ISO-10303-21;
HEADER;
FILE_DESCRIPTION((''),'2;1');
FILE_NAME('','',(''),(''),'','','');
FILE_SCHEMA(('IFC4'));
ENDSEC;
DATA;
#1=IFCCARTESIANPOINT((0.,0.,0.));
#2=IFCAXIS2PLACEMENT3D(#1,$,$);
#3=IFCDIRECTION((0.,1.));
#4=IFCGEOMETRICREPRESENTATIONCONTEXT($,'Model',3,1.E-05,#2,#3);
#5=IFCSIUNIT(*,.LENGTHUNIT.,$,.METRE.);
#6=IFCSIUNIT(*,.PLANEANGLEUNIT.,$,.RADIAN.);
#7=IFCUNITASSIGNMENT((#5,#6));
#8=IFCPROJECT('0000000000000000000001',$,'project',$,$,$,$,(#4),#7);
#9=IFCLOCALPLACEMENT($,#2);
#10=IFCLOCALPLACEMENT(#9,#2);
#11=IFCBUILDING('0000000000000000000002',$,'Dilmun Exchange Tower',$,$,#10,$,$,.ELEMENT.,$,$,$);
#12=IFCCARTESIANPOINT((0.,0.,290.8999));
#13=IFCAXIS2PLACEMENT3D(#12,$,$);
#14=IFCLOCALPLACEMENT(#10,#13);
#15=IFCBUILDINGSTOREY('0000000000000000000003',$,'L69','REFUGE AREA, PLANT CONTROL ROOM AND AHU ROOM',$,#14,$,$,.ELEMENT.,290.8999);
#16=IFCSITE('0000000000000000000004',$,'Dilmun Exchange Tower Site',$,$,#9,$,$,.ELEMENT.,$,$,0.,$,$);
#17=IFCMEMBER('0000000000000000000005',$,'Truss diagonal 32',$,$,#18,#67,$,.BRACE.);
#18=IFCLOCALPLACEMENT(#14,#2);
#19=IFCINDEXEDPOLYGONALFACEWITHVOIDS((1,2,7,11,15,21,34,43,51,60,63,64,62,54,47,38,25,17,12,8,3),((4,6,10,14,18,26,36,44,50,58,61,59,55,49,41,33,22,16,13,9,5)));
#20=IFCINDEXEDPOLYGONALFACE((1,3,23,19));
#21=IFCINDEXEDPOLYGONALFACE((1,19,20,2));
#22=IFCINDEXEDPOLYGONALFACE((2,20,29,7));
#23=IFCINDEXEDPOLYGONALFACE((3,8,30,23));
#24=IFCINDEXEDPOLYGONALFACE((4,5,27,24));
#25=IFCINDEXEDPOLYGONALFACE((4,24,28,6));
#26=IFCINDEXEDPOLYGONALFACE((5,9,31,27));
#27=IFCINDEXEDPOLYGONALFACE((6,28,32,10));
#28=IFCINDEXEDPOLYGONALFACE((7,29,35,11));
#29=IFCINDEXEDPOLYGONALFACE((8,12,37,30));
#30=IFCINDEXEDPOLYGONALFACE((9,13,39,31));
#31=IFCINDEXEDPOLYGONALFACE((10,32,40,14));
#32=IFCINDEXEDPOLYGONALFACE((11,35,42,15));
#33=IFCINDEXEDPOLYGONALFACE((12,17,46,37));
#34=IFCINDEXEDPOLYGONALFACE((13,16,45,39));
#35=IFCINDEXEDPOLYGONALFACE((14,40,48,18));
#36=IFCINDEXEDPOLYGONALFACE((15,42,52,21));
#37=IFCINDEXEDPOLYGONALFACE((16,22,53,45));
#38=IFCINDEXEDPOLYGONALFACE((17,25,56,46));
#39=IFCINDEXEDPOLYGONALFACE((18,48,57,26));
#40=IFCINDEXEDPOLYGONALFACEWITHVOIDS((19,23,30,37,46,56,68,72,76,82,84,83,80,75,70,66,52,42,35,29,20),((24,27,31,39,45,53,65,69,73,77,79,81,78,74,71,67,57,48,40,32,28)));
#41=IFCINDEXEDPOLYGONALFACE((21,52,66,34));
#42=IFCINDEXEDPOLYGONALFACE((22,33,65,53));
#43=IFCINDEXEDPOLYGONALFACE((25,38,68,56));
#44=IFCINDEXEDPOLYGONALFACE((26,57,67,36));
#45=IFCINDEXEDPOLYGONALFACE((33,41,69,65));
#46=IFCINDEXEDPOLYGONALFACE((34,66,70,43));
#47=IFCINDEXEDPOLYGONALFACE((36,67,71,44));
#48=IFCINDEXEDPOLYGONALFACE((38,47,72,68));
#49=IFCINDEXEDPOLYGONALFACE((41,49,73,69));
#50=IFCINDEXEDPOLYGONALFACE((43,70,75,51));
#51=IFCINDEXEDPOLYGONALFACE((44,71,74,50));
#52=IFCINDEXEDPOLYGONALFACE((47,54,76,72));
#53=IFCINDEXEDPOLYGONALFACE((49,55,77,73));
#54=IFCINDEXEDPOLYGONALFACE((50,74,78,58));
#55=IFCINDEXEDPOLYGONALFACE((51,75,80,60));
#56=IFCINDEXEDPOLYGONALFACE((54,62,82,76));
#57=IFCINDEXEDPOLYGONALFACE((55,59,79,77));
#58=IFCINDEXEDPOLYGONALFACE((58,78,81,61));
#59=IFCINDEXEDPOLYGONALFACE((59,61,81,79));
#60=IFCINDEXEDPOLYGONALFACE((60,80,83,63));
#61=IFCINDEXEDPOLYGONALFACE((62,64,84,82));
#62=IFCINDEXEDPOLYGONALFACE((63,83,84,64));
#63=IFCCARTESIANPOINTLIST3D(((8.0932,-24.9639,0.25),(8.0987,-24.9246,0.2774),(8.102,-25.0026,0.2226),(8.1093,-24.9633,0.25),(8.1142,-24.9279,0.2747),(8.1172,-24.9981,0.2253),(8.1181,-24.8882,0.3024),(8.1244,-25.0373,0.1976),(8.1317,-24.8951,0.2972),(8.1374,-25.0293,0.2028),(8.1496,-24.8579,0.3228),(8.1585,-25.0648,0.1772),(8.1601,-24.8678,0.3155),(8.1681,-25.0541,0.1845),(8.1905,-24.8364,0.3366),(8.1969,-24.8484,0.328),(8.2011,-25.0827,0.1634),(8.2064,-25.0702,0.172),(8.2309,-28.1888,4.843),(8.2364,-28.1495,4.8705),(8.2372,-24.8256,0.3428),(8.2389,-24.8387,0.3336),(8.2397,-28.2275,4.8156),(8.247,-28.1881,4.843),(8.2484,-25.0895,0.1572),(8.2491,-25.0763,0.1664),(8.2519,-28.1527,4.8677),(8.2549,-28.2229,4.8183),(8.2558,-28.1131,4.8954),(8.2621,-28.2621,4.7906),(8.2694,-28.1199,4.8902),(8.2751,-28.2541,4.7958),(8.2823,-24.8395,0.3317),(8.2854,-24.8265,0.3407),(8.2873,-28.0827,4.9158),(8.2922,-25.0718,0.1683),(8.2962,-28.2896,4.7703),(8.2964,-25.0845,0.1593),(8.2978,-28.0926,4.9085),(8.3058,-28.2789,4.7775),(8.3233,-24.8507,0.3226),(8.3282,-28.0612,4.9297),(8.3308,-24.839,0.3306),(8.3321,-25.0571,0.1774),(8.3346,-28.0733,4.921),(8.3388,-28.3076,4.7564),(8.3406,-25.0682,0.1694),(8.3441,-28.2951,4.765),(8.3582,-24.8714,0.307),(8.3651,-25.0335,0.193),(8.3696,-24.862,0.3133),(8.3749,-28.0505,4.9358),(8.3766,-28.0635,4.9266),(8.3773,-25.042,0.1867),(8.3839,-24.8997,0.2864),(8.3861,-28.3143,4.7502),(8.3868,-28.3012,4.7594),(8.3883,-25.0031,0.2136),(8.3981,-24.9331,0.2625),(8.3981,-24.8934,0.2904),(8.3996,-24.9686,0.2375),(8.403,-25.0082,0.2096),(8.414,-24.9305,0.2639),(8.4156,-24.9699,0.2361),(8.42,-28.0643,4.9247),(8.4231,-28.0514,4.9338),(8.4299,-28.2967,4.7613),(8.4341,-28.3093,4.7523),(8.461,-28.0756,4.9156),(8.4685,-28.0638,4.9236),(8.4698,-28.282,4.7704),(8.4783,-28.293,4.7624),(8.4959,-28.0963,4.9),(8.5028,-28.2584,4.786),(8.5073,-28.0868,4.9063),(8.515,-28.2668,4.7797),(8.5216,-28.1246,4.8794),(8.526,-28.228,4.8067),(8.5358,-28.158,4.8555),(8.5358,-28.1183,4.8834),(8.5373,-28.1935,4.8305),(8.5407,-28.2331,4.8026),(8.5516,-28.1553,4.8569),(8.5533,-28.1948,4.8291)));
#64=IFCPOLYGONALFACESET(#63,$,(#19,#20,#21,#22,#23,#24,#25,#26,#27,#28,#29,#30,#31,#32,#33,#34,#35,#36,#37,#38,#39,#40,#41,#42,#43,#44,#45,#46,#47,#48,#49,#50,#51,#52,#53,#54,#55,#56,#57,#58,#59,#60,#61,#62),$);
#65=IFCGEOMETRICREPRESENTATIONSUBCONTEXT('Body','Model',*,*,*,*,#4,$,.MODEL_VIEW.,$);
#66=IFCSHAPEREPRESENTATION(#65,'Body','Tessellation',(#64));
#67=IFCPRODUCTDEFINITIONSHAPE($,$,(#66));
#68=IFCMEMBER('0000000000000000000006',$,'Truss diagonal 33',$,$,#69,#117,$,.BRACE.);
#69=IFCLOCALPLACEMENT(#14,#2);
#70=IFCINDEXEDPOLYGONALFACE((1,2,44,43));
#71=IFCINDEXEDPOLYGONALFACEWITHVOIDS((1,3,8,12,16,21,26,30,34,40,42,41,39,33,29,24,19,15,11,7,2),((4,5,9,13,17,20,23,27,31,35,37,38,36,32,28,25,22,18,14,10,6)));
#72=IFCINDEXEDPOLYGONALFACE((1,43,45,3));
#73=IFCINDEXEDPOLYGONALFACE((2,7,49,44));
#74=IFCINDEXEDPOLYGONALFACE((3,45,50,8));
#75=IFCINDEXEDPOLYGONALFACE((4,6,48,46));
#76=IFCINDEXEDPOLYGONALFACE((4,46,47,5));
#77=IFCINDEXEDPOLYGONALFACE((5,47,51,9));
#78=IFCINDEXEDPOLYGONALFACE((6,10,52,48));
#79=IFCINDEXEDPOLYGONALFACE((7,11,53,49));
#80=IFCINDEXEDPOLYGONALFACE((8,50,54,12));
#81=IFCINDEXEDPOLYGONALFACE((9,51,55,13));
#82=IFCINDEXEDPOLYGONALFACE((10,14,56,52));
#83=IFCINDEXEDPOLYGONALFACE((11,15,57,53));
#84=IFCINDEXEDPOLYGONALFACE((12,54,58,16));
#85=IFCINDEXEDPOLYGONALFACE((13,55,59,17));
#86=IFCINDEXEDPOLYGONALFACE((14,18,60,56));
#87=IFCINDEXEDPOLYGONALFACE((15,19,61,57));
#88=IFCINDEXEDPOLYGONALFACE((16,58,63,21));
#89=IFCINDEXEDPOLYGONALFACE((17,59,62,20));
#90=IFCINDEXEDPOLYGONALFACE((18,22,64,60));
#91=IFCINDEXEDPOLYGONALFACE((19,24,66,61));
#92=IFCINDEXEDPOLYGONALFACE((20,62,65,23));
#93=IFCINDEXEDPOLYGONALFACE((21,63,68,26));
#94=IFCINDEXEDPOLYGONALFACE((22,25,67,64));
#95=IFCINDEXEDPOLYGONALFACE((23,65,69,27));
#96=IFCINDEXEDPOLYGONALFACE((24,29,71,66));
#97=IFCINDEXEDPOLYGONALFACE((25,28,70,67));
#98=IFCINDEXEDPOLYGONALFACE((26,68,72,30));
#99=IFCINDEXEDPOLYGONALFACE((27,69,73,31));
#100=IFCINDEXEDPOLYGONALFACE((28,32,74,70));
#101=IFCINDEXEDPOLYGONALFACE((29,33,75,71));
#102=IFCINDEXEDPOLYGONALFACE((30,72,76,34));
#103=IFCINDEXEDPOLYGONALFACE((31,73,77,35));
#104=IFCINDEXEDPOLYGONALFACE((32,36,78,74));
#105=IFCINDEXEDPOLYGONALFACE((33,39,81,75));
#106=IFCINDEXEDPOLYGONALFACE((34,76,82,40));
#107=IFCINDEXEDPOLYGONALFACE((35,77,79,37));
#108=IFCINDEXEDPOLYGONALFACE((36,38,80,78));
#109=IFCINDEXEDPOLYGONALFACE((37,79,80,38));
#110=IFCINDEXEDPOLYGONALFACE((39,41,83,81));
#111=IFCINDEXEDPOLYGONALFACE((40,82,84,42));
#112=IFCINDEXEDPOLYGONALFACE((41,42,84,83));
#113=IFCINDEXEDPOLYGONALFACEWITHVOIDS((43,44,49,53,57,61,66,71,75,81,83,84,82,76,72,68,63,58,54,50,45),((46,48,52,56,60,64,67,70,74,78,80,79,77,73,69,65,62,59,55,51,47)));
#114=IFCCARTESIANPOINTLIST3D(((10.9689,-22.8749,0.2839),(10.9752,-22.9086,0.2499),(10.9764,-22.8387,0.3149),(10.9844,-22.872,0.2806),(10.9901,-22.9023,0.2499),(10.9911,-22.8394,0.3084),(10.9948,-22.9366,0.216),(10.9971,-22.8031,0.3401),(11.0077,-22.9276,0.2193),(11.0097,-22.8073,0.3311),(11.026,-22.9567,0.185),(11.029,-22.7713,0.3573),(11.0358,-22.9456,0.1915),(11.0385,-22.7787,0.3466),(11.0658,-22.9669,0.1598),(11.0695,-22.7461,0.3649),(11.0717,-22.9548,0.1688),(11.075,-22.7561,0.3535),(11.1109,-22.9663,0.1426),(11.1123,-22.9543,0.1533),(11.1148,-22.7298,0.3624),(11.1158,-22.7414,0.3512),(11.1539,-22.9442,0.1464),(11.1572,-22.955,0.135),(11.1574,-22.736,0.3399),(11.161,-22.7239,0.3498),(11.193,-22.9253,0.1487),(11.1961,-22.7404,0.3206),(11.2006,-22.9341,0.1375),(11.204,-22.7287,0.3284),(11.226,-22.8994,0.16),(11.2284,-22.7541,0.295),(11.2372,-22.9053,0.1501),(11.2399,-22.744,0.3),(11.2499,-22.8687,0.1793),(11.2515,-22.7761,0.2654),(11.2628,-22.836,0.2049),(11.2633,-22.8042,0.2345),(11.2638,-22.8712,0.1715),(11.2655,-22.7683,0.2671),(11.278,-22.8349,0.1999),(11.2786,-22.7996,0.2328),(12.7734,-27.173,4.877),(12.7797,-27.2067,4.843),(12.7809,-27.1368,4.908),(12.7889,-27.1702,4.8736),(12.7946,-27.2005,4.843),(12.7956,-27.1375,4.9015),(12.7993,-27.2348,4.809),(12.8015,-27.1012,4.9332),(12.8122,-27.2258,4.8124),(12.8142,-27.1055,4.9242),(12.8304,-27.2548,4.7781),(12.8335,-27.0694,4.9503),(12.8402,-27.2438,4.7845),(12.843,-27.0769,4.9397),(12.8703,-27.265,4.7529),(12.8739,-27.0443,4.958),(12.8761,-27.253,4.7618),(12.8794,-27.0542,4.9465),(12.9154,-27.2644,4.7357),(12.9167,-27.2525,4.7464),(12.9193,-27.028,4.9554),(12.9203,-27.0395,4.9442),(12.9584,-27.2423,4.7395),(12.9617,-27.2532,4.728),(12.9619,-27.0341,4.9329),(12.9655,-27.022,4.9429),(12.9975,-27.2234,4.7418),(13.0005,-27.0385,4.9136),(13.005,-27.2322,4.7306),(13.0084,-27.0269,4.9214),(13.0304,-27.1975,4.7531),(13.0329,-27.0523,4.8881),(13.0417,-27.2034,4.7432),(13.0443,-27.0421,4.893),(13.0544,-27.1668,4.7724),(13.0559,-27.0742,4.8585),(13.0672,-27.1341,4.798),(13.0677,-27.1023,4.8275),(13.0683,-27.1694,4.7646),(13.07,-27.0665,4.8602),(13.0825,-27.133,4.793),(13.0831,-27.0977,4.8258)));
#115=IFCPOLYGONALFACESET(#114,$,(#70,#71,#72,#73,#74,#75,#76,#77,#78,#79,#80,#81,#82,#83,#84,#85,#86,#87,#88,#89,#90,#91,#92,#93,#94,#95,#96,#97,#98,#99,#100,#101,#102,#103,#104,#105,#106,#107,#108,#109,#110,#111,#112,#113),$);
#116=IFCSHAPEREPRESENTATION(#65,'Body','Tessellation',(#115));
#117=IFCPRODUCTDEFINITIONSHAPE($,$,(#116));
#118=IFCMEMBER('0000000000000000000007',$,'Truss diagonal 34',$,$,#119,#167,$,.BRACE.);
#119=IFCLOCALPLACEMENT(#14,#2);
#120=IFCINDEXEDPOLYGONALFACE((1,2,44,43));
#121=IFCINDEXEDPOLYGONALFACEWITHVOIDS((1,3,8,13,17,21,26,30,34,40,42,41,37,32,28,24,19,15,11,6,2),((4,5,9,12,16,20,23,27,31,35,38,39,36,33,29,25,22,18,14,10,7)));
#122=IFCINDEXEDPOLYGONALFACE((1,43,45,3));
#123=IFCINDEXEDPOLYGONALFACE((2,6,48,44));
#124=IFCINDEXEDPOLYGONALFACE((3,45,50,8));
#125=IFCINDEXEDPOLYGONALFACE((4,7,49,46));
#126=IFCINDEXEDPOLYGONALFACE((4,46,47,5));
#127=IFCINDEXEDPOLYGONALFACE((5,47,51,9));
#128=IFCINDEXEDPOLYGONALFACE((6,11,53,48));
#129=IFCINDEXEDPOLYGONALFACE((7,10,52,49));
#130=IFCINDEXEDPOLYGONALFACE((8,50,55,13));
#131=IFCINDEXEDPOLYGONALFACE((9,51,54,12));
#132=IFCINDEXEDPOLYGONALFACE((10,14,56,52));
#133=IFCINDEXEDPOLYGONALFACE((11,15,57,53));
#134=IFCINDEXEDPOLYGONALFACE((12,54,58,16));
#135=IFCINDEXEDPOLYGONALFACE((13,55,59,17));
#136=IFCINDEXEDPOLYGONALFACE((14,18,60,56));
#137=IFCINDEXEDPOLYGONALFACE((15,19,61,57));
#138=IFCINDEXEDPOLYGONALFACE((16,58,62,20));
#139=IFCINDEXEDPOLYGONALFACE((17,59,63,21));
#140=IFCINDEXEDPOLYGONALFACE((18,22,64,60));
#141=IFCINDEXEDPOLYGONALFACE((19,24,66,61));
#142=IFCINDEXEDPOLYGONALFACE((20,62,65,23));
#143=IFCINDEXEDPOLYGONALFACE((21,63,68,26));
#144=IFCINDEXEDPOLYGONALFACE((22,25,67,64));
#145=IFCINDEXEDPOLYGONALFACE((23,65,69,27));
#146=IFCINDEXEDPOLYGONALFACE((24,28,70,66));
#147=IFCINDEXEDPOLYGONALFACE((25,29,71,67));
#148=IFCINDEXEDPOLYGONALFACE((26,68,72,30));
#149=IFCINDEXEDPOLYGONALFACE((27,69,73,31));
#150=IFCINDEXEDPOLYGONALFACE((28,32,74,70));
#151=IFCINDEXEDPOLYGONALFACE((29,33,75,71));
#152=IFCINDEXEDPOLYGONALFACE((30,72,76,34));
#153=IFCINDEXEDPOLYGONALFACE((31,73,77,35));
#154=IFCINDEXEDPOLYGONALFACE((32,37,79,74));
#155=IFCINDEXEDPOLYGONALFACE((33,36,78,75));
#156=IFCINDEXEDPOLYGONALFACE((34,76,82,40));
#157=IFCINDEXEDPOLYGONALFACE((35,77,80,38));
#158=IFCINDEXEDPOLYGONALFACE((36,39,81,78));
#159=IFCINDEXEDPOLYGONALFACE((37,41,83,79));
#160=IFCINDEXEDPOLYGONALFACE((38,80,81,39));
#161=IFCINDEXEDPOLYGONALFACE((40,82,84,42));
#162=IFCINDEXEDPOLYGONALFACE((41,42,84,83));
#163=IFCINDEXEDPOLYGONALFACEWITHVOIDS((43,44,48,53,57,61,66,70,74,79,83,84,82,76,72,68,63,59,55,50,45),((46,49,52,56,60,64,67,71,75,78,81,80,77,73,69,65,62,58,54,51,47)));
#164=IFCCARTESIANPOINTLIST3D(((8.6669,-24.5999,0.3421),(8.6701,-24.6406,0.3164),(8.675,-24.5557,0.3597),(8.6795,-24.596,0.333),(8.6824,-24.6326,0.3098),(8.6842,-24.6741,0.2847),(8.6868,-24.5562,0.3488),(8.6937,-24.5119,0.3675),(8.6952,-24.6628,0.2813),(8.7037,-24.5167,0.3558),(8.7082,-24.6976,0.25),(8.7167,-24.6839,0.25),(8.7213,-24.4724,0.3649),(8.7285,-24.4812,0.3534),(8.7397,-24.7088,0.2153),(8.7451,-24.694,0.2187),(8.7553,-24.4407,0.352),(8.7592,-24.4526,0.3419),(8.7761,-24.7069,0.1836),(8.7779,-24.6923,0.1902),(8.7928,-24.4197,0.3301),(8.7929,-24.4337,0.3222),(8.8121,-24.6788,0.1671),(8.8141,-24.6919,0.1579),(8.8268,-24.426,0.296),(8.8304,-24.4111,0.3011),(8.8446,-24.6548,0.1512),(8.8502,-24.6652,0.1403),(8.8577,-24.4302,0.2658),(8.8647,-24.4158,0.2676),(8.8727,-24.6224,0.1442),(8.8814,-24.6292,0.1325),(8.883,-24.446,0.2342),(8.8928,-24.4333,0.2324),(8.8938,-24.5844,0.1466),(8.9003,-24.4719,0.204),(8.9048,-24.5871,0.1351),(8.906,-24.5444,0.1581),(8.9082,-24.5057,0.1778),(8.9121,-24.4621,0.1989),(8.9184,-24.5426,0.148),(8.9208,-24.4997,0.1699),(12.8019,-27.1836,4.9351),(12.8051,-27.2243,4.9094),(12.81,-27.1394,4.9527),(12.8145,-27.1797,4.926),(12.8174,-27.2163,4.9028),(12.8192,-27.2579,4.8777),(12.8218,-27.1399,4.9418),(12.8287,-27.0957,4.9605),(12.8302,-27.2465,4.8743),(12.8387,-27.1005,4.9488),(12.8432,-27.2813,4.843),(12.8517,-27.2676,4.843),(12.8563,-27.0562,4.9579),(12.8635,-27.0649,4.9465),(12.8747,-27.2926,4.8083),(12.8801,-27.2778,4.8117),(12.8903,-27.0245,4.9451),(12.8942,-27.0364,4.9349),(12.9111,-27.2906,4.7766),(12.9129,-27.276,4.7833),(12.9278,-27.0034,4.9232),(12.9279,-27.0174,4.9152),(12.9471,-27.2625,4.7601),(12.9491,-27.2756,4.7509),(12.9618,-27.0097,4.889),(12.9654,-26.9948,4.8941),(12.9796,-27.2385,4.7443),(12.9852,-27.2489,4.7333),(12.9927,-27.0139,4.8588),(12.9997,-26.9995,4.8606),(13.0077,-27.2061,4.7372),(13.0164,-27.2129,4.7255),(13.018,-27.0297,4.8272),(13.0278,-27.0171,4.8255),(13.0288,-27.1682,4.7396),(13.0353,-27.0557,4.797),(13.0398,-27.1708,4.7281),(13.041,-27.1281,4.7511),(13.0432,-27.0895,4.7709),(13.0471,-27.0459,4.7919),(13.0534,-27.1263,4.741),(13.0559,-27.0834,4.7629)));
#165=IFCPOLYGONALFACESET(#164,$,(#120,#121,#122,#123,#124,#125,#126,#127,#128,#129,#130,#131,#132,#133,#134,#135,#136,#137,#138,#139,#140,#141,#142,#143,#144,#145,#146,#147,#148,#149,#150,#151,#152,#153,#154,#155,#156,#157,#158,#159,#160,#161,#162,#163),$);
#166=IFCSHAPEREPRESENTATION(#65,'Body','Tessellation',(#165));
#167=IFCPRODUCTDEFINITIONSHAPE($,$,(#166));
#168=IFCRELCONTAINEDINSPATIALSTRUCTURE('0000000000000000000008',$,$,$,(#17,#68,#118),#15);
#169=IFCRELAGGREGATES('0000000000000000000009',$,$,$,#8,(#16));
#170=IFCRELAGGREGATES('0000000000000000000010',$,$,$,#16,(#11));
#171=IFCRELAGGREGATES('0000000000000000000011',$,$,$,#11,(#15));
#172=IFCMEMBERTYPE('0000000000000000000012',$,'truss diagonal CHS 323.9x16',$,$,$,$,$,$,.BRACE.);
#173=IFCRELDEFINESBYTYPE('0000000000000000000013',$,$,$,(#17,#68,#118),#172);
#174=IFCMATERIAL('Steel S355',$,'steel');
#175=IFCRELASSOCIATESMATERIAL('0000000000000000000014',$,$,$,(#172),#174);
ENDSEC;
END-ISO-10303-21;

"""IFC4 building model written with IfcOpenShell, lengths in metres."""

from ifc_helpers import new_model, si_unit, direction, frame, origin, origin_2d, place, context, subcontext, project, spatial, hollow_circle, extrude, material, material_profile, profile_set, type_object, element, save


model = new_model("IFC4")

# Units and contexts
model_context = context("Model", 3, precision=1e-05, world=origin(), true_north=direction((0.0, 1.0)))
body_context = subcontext(model_context, "Body", "Model", "MODEL_VIEW")
ifc_project = project(units=[si_unit("LENGTHUNIT", "METRE"), si_unit("PLANEANGLEUNIT", "RADIAN")], contexts=[model_context])

# Site, building, storey
site_placement = place(None, origin())
site = spatial("IfcSite", under=ifc_project, at=site_placement, Name="Dilmun Exchange Tower Site", CompositionType="ELEMENT", RefElevation=0.0)
building_placement = place(site_placement, origin())
building = spatial("IfcBuilding", under=site, at=building_placement, Name="Dilmun Exchange Tower", CompositionType="ELEMENT")
storey_placement = place(building_placement, frame((0.0, 0.0, 290.8999)))
storey = spatial("IfcBuildingStorey", under=building, at=storey_placement, Name="L69", Description="REFUGE AREA, PLANT CONTROL ROOM AND AHU ROOM", CompositionType="ELEMENT", Elevation=290.8999)

# Shared definitions
ifc_material_1 = material(Name="Steel S355", Category="steel")

# Members
ifc_material_profile_1 = material_profile(ifc_material_1, hollow_circle(Radius=0.1619, WallThickness=0.0161, at=origin_2d()), Name="CHS 323.9x16")
ifc_profile_set_1 = profile_set([ifc_material_profile_1], Name="Steel S355")
member_type_1 = type_object("IfcMemberType", Name="truss diagonal CHS 323.9x16", PredefinedType="BRACE", material=ifc_profile_set_1)
member_1_placement = place(storey_placement, frame((8.3926, -28.1819, 4.843), z_axis=(-0.024528, 0.574454, -0.818169), x_axis=(-0.99909, -0.042659, 0.0)))
element("IfcMember", 1, at=member_1_placement, inside=storey, type_object=member_type_1, Name="Truss diagonal 32", PredefinedType="BRACE", context=body_context, shape_type="SweptSolid", body=[
    extrude(hollow_circle(Radius=0.1619, WallThickness=0.0161, at=origin_2d()), origin(), (0.0, 0.0, 1.0), 5.6138),
])
member_2_placement = place(storey_placement, frame((12.929, -27.144, 4.843), z_axis=(-0.275735, 0.656788, -0.701855), x_axis=(-0.92204, -0.387094, 0.0)))
element("IfcMember", 2, at=member_2_placement, inside=storey, type_object=member_type_1, Name="Truss diagonal 33", PredefinedType="BRACE", context=body_context, shape_type="SweptSolid", body=[
    extrude(hollow_circle(Radius=0.1619, WallThickness=0.0161, at=origin_2d()), origin(), (0.0, 0.0, 1.0), 6.5442),
])
member_3_placement = place(storey_placement, frame((12.929, -27.144, 4.843), z_axis=(-0.617304, 0.38572, -0.685679), x_axis=(-0.529904, -0.848057, 0.0)))
element("IfcMember", 3, at=member_3_placement, inside=storey, type_object=member_type_1, Name="Truss diagonal 34", PredefinedType="BRACE", context=body_context, shape_type="SweptSolid", body=[
    extrude(hollow_circle(Radius=0.1619, WallThickness=0.0161, at=origin_2d()), origin(), (0.0, 0.0, 1.0), 6.6985),
])

save(model, "model.ifc")
